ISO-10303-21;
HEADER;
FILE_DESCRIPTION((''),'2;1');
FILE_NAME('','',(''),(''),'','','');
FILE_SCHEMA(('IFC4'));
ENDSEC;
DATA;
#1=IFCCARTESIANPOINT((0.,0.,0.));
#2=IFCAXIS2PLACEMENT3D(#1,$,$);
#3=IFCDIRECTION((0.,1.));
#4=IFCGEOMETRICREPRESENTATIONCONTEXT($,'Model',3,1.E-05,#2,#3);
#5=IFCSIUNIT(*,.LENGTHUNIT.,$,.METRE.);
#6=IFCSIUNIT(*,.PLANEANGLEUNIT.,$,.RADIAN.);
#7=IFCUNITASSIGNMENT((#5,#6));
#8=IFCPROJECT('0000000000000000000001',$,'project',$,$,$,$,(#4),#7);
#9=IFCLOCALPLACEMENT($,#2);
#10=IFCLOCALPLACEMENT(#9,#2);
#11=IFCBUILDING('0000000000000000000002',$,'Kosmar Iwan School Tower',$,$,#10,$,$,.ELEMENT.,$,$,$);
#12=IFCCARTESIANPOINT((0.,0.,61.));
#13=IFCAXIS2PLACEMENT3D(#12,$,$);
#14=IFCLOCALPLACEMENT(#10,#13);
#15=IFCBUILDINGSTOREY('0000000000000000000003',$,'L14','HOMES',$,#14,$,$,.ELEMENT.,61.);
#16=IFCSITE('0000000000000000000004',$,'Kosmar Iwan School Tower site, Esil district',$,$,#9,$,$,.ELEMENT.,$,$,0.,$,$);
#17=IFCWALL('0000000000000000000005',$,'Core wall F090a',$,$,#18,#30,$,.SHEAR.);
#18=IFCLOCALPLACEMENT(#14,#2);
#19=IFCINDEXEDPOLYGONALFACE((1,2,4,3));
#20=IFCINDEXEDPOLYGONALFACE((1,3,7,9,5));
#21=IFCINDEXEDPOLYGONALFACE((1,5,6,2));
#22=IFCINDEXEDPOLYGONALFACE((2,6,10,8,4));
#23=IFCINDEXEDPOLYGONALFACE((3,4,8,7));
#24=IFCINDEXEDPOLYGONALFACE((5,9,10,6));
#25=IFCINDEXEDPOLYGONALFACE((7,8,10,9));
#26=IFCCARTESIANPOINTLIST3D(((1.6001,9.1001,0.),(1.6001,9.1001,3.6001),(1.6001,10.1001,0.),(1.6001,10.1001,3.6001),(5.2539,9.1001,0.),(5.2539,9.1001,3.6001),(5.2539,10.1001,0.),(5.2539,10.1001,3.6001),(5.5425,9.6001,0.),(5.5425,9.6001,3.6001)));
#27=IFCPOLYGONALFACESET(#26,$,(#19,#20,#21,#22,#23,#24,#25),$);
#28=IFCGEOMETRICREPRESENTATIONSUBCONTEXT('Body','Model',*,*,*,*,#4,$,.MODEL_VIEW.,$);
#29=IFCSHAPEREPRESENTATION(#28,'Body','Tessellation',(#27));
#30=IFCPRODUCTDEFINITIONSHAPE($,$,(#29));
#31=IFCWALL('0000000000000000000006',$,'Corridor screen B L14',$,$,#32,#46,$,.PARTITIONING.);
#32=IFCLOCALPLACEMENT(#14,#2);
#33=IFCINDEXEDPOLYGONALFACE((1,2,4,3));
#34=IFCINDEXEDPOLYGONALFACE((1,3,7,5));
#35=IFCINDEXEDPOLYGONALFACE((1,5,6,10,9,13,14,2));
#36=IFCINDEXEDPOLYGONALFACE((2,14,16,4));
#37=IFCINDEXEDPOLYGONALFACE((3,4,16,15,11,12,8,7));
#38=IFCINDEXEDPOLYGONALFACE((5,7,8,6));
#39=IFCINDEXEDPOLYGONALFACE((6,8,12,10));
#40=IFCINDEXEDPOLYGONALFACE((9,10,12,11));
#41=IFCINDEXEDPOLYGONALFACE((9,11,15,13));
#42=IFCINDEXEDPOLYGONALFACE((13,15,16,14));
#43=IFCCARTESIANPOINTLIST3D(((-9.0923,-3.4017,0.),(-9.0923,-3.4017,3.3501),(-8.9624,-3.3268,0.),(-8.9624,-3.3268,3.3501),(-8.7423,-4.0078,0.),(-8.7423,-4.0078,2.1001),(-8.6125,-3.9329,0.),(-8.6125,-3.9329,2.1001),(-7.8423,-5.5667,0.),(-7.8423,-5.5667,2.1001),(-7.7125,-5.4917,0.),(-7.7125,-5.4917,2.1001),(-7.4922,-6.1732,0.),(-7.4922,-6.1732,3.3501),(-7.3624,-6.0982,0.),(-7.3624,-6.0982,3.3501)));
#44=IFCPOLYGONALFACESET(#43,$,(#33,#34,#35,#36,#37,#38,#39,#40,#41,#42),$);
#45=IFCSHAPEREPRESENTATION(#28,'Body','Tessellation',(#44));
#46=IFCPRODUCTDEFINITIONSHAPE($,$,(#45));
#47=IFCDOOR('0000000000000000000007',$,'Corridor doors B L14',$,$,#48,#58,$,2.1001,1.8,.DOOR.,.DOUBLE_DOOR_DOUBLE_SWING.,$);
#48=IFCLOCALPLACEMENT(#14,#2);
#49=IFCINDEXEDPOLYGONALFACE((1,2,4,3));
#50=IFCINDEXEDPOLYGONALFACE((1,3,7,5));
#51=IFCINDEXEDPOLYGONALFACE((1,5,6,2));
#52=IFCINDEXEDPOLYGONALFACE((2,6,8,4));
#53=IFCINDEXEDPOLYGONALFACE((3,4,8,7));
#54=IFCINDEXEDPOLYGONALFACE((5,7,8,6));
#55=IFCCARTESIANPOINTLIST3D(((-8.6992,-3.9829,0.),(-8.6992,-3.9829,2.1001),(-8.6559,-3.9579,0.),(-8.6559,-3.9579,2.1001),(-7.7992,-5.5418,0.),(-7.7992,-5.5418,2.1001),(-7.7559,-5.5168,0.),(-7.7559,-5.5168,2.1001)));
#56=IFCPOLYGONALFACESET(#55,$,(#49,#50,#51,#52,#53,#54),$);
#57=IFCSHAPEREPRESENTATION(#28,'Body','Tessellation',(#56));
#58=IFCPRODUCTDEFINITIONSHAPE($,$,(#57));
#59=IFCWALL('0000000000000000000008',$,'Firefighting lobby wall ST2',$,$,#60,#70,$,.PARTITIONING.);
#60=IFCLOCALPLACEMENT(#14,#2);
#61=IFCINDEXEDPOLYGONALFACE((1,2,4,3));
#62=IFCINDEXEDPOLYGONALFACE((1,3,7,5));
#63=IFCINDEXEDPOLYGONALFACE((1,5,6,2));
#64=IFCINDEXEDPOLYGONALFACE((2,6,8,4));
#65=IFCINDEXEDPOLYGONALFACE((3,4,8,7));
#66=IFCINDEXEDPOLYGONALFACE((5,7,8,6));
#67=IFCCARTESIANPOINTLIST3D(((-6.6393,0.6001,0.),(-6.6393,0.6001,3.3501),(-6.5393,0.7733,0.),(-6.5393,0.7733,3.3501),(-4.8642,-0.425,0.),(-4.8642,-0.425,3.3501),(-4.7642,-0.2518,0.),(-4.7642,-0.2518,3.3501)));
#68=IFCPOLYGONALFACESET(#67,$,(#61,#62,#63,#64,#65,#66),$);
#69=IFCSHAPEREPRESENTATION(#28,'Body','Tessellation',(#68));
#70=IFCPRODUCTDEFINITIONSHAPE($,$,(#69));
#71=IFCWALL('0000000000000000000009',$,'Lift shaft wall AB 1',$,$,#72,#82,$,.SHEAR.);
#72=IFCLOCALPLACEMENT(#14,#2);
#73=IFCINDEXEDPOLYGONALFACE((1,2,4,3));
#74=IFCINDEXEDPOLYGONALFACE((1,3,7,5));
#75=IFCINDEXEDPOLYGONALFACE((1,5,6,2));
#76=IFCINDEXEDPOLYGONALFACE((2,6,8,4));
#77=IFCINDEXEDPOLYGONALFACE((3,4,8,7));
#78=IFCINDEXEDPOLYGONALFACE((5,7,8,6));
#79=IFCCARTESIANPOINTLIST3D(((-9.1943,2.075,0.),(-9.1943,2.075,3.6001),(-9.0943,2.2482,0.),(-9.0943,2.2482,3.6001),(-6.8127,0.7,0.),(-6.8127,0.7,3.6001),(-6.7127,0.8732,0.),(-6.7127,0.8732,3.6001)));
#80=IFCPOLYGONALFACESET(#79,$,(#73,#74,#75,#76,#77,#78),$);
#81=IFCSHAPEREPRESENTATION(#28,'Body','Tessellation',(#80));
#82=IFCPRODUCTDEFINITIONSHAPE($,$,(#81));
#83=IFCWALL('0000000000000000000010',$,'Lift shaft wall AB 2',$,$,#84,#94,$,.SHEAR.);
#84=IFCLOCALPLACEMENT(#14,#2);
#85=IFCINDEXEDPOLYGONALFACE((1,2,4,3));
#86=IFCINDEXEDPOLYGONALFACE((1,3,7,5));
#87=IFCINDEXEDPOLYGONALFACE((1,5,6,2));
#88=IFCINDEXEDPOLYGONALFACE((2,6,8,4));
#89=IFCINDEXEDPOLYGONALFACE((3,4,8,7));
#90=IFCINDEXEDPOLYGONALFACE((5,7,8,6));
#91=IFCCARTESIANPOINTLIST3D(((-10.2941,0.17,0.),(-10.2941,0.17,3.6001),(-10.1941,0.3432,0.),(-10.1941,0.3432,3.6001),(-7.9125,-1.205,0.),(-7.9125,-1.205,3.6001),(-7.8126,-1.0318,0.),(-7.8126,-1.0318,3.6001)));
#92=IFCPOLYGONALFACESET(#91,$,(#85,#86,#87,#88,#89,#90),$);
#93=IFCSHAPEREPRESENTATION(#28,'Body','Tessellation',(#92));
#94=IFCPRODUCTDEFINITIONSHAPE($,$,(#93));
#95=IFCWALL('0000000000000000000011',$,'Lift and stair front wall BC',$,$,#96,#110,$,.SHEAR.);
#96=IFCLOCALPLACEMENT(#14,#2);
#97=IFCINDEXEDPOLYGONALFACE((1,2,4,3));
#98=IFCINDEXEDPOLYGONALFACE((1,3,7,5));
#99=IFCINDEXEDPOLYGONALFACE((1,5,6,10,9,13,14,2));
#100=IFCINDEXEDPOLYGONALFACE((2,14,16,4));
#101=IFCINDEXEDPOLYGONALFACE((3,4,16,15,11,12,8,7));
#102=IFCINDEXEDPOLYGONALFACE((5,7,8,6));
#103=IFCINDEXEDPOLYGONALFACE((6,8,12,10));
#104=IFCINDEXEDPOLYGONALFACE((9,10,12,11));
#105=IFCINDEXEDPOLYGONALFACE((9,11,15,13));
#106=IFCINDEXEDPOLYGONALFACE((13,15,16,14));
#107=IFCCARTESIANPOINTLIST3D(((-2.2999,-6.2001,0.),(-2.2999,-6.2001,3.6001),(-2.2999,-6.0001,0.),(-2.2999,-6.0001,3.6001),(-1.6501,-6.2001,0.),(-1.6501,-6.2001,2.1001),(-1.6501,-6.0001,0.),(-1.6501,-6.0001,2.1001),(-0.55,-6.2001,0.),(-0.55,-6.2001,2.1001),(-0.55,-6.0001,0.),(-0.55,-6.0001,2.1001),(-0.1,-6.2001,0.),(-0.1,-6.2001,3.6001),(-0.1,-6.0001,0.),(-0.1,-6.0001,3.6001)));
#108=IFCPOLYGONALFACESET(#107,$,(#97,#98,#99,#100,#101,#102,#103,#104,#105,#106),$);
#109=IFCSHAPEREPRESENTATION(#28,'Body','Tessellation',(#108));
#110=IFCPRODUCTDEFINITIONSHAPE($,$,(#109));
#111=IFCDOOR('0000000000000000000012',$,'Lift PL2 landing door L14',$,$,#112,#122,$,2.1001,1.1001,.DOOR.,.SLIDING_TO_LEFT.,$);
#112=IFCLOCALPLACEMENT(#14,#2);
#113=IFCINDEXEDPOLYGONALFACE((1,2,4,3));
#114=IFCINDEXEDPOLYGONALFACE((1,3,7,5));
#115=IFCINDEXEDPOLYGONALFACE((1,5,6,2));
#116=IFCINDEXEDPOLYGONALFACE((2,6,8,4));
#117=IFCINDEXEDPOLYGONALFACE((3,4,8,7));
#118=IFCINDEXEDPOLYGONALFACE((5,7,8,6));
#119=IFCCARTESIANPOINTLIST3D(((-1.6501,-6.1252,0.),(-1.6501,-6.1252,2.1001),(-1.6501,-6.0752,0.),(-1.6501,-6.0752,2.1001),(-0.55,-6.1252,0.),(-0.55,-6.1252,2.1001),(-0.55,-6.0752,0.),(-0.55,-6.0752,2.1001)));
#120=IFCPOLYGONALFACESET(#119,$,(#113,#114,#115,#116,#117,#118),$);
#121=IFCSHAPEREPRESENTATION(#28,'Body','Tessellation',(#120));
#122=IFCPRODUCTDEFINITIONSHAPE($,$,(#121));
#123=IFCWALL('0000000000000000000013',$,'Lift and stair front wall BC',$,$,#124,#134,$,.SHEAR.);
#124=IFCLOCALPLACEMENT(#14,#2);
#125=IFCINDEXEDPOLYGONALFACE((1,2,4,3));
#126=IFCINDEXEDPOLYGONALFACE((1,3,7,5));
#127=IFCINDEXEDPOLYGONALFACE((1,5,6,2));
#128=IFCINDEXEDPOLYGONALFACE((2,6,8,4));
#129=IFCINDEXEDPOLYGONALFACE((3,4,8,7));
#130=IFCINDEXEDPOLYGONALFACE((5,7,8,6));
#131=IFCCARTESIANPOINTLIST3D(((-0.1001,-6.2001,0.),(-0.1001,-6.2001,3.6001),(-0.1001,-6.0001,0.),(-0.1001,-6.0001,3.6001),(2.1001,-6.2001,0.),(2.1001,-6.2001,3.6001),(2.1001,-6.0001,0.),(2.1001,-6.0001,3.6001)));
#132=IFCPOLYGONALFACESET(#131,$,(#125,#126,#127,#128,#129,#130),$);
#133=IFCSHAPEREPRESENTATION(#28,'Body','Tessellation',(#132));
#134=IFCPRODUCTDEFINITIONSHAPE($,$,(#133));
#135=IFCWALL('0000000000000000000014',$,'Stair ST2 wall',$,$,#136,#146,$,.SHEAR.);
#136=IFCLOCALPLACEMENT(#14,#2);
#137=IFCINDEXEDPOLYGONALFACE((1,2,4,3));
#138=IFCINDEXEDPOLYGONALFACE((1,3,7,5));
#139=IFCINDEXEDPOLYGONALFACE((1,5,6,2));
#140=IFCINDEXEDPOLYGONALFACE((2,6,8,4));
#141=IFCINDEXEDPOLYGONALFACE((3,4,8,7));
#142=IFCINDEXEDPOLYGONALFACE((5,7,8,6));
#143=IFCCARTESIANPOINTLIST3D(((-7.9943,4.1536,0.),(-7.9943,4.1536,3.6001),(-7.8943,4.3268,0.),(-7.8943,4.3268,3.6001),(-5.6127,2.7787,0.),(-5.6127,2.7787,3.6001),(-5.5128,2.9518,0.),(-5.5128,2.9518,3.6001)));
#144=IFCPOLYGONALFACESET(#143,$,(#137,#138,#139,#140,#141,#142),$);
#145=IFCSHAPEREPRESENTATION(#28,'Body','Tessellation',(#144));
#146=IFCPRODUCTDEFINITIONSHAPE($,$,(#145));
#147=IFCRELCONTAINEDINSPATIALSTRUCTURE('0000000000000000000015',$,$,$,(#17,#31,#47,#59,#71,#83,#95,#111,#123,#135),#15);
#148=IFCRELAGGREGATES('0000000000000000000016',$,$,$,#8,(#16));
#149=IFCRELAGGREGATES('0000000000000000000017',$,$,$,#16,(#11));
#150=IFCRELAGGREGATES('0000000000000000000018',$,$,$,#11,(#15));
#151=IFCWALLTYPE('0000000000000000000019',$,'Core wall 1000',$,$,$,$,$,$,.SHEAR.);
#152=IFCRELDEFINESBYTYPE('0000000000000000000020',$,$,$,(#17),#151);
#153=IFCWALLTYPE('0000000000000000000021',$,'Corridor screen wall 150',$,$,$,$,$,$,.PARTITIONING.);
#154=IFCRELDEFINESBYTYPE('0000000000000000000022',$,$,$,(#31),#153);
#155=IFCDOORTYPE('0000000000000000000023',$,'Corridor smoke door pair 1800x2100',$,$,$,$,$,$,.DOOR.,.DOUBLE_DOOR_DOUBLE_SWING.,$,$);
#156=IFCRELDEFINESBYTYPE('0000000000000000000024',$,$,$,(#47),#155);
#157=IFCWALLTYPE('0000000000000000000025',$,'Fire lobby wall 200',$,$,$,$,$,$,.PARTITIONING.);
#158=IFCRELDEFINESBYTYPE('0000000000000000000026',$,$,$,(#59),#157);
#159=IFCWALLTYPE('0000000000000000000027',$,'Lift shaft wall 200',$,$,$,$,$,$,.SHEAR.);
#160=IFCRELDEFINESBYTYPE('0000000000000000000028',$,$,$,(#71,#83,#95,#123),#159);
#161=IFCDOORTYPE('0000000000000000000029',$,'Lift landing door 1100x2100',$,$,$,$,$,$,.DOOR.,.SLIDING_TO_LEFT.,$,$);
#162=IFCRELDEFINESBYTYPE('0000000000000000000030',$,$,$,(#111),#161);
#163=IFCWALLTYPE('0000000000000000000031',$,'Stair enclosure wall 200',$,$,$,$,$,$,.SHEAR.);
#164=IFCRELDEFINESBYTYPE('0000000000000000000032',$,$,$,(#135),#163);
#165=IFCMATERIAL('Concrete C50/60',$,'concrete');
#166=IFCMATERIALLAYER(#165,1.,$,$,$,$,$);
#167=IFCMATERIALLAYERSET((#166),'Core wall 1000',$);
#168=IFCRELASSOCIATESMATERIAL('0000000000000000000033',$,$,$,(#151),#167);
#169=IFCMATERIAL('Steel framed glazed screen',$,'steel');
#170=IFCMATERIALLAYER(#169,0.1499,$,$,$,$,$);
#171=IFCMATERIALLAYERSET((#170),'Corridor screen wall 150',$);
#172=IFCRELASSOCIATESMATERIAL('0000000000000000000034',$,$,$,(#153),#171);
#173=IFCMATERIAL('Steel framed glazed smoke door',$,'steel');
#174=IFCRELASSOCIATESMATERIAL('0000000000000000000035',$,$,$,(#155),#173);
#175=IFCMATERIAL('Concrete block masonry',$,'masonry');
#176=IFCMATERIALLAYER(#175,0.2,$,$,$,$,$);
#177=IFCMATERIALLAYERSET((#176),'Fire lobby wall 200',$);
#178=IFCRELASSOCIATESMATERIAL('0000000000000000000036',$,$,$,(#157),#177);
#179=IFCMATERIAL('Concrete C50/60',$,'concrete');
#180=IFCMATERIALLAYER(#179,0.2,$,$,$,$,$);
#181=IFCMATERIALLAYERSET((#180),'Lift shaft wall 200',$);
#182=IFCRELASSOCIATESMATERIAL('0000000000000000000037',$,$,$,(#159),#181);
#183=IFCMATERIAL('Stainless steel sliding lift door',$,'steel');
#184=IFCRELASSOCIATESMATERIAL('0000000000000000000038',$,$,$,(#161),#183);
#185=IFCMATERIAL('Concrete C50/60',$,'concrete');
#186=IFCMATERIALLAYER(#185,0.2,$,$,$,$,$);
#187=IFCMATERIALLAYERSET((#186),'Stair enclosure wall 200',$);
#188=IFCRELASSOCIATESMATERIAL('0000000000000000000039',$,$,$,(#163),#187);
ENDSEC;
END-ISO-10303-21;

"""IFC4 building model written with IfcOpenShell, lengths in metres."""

from ifc_helpers import new_model, si_unit, direction, frame, frame_2d, origin, place, context, subcontext, project, spatial, polyline, rectangle, outline, extrude, material, layer, layer_set, type_object, element, fill, save


model = new_model("IFC4")

# Units and contexts
model_context = context("Model", 3, precision=1e-05, world=origin(), true_north=direction((0.0, 1.0)))
body_context = subcontext(model_context, "Body", "Model", "MODEL_VIEW")
ifc_project = project(units=[si_unit("LENGTHUNIT", "METRE"), si_unit("PLANEANGLEUNIT", "RADIAN")], contexts=[model_context])

# Site, building, storey
site_placement = place(None, origin())
site = spatial("IfcSite", under=ifc_project, at=site_placement, Name="Kosmar Iwan School Tower site, Esil district", CompositionType="ELEMENT", RefElevation=0.0)
building_placement = place(site_placement, origin())
building = spatial("IfcBuilding", under=site, at=building_placement, Name="Kosmar Iwan School Tower", CompositionType="ELEMENT")
storey_placement = place(building_placement, frame((0.0, 0.0, 61.0)))
storey = spatial("IfcBuildingStorey", under=building, at=storey_placement, Name="L14", Description="HOMES", CompositionType="ELEMENT", Elevation=61.0)

# Wall
ifc_material_1 = material(Name="Concrete C50/60", Category="concrete")
ifc_layer_1 = layer(ifc_material_1, 1.0)
ifc_layer_set_1 = layer_set([ifc_layer_1], Name="Core wall 1000")
wall_type_1 = type_object("IfcWallType", Name="Core wall 1000", PredefinedType="SHEAR", material=ifc_layer_set_1)
wall_1_placement = place(storey_placement, origin())
element("IfcWall", 1, at=wall_1_placement, inside=storey, type_object=wall_type_1, Name="Core wall F090a", PredefinedType="SHEAR", context=body_context, shape_type="SweptSolid", body=[
    extrude(outline(polyline([(1.6001, 9.1001), (5.2539, 9.1001), (5.5425, 9.6001), (5.2539, 10.1001), (1.6001, 10.1001), (1.6001, 9.1001)])), origin(), (0.0, 0.0, 1.0), 3.6001),
])

# Wall, opening, door
ifc_material_2 = material(Name="Steel framed glazed screen", Category="steel")
ifc_layer_2 = layer(ifc_material_2, 0.1499)
ifc_layer_set_2 = layer_set([ifc_layer_2], Name="Corridor screen wall 150")
wall_type_2 = type_object("IfcWallType", Name="Corridor screen wall 150", PredefinedType="PARTITIONING", material=ifc_layer_set_2)
wall_2_placement = place(storey_placement, frame((-9.0273, -3.3643, 0.0), z_axis=(0.0, 0.0, 1.0), x_axis=(0.499995, -0.866028, 0.0)))
wall_2 = element("IfcWall", 2, at=wall_2_placement, inside=storey, type_object=wall_type_2, Name="Corridor screen B L14", PredefinedType="PARTITIONING", context=body_context, shape_type="SweptSolid", body=[
    extrude(rectangle(XDim=3.2002, YDim=0.1499, at=frame_2d((1.6001, 0.0))), origin(), (0.0, 0.0, 1.0), 3.3501),
])
opening_1_placement = place(wall_2_placement, frame((0.7, 0.0, 0.0)))
opening_1 = element("IfcOpeningElement", 3, at=opening_1_placement, cuts=wall_2, PredefinedType="OPENING", context=body_context, shape_type="SweptSolid", body=[
    extrude(rectangle(XDim=1.8, YDim=2.1001, at=frame_2d((0.8999, 1.05))), frame((0.0, 0.0869, 0.0), z_axis=(0.0, -1.0, 0.0), x_axis=(1.0, 0.0, 0.0)), (0.0, 0.0, 1.0), 0.1738),
])
ifc_material_3 = material(Name="Steel framed glazed smoke door", Category="steel")
door_type_1 = type_object("IfcDoorType", Name="Corridor smoke door pair 1800x2100", OperationType="DOUBLE_DOOR_DOUBLE_SWING", PredefinedType="DOOR", material=ifc_material_3)
door_1_placement = place(opening_1_placement, origin())
door_1 = element("IfcDoor", 4, at=door_1_placement, inside=storey, type_object=door_type_1, Name="Corridor doors B L14", OperationType="DOUBLE_DOOR_DOUBLE_SWING", OverallHeight=2.1001, OverallWidth=1.8, PredefinedType="DOOR", context=body_context, shape_type="SweptSolid", body=[
    extrude(rectangle(XDim=1.8, YDim=2.1001, at=frame_2d((0.8999, 1.05))), frame((0.0, 0.0249, 0.0), z_axis=(0.0, -1.0, 0.0), x_axis=(1.0, 0.0, 0.0)), (0.0, 0.0, 1.0), 0.05),
])
fill(opening_1, door_1)

# Walls
ifc_material_4 = material(Name="Concrete block masonry", Category="masonry")
ifc_layer_3 = layer(ifc_material_4, 0.2)
ifc_layer_set_3 = layer_set([ifc_layer_3], Name="Fire lobby wall 200")
wall_type_3 = type_object("IfcWallType", Name="Fire lobby wall 200", PredefinedType="PARTITIONING", material=ifc_layer_set_3)
wall_3_placement = place(storey_placement, frame((-4.8142, -0.3384, 0.0), z_axis=(0.0, 0.0, 1.0), x_axis=(-0.865969, 0.500097, 0.0)))
element("IfcWall", 5, at=wall_3_placement, inside=storey, type_object=wall_type_3, Name="Firefighting lobby wall ST2", PredefinedType="PARTITIONING", context=body_context, shape_type="SweptSolid", body=[
    extrude(rectangle(XDim=2.0498, YDim=0.2, at=frame_2d((1.0249, 0.0))), origin(), (0.0, 0.0, 1.0), 3.3501),
])
ifc_material_5 = material(Name="Concrete C50/60", Category="concrete")
ifc_layer_4 = layer(ifc_material_5, 0.2)
ifc_layer_set_4 = layer_set([ifc_layer_4], Name="Lift shaft wall 200")
wall_type_4 = type_object("IfcWallType", Name="Lift shaft wall 200", PredefinedType="SHEAR", material=ifc_layer_set_4)
for number, where, z_axis, x_axis, name in (
    (6, (-6.7627, 0.7866, 0.0), (0.0, 0.0, 1.0), (-0.866027, 0.499997, 0.0), "Lift shaft wall AB 1"),
    (7, (-7.8625, -1.1184, 0.0), (0.0, 0.0, 1.0), (-0.866027, 0.499997, 0.0), "Lift shaft wall AB 2"),
):
    element("IfcWall", number, at=place(storey_placement, frame(where, z_axis=z_axis, x_axis=x_axis)), inside=storey, type_object=wall_type_4, Name=name, PredefinedType="SHEAR", context=body_context, shape_type="SweptSolid", body=[
        extrude(rectangle(XDim=2.75, YDim=0.2, at=frame_2d((1.375, 0.0))), origin(), (0.0, 0.0, 1.0), 3.6001),
    ])

# Wall, opening, door
wall_4_placement = place(storey_placement, frame((-2.3, -6.1001, 0.0), z_axis=(0.0, 0.0, 1.0), x_axis=(1.0, 0.0, 0.0)))
wall_4 = element("IfcWall", 8, at=wall_4_placement, inside=storey, type_object=wall_type_4, Name="Lift and stair front wall BC", PredefinedType="SHEAR", context=body_context, shape_type="SweptSolid", body=[
    extrude(rectangle(XDim=2.2, YDim=0.2, at=frame_2d((1.1001, 0.0))), origin(), (0.0, 0.0, 1.0), 3.6001),
])
opening_2_placement = place(wall_4_placement, frame((0.6499, 0.0, 0.0)))
opening_2 = element("IfcOpeningElement", 9, at=opening_2_placement, cuts=wall_4, PredefinedType="OPENING", context=body_context, shape_type="SweptSolid", body=[
    extrude(rectangle(XDim=1.1001, YDim=2.1001, at=frame_2d((0.55, 1.05))), frame((0.0, 0.1121, 0.0), z_axis=(0.0, -1.0, 0.0), x_axis=(1.0, 0.0, 0.0)), (0.0, 0.0, 1.0), 0.2239),
])
ifc_material_6 = material(Name="Stainless steel sliding lift door", Category="steel")
door_type_2 = type_object("IfcDoorType", Name="Lift landing door 1100x2100", OperationType="SLIDING_TO_LEFT", PredefinedType="DOOR", material=ifc_material_6)
door_2_placement = place(opening_2_placement, origin())
door_2 = element("IfcDoor", 10, at=door_2_placement, inside=storey, type_object=door_type_2, Name="Lift PL2 landing door L14", OperationType="SLIDING_TO_LEFT", OverallHeight=2.1001, OverallWidth=1.1001, PredefinedType="DOOR", context=body_context, shape_type="SweptSolid", body=[
    extrude(rectangle(XDim=1.1001, YDim=2.1001, at=frame_2d((0.55, 1.05))), frame((0.0, 0.0249, 0.0), z_axis=(0.0, -1.0, 0.0), x_axis=(1.0, 0.0, 0.0)), (0.0, 0.0, 1.0), 0.05),
])
fill(opening_2, door_2)

# Walls
wall_5_placement = place(storey_placement, frame((-0.1001, -6.1001, 0.0), z_axis=(0.0, 0.0, 1.0), x_axis=(1.0, 0.0, 0.0)))
element("IfcWall", 11, at=wall_5_placement, inside=storey, type_object=wall_type_4, Name="Lift and stair front wall BC", PredefinedType="SHEAR", context=body_context, shape_type="SweptSolid", body=[
    extrude(rectangle(XDim=2.2002, YDim=0.2, at=frame_2d((1.1001, 0.0))), origin(), (0.0, 0.0, 1.0), 3.6001),
])
ifc_material_7 = material(Name="Concrete C50/60", Category="concrete")
ifc_layer_5 = layer(ifc_material_7, 0.2)
ifc_layer_set_5 = layer_set([ifc_layer_5], Name="Stair enclosure wall 200")
wall_type_5 = type_object("IfcWallType", Name="Stair enclosure wall 200", PredefinedType="SHEAR", material=ifc_layer_set_5)
wall_6_placement = place(storey_placement, frame((-5.5627, 2.8652, 0.0), z_axis=(0.0, 0.0, 1.0), x_axis=(-0.866027, 0.499997, 0.0)))
element("IfcWall", 12, at=wall_6_placement, inside=storey, type_object=wall_type_5, Name="Stair ST2 wall", PredefinedType="SHEAR", context=body_context, shape_type="SweptSolid", body=[
    extrude(rectangle(XDim=2.75, YDim=0.2, at=frame_2d((1.375, 0.0))), origin(), (0.0, 0.0, 1.0), 3.6001),
])

save(model, "model.ifc")
